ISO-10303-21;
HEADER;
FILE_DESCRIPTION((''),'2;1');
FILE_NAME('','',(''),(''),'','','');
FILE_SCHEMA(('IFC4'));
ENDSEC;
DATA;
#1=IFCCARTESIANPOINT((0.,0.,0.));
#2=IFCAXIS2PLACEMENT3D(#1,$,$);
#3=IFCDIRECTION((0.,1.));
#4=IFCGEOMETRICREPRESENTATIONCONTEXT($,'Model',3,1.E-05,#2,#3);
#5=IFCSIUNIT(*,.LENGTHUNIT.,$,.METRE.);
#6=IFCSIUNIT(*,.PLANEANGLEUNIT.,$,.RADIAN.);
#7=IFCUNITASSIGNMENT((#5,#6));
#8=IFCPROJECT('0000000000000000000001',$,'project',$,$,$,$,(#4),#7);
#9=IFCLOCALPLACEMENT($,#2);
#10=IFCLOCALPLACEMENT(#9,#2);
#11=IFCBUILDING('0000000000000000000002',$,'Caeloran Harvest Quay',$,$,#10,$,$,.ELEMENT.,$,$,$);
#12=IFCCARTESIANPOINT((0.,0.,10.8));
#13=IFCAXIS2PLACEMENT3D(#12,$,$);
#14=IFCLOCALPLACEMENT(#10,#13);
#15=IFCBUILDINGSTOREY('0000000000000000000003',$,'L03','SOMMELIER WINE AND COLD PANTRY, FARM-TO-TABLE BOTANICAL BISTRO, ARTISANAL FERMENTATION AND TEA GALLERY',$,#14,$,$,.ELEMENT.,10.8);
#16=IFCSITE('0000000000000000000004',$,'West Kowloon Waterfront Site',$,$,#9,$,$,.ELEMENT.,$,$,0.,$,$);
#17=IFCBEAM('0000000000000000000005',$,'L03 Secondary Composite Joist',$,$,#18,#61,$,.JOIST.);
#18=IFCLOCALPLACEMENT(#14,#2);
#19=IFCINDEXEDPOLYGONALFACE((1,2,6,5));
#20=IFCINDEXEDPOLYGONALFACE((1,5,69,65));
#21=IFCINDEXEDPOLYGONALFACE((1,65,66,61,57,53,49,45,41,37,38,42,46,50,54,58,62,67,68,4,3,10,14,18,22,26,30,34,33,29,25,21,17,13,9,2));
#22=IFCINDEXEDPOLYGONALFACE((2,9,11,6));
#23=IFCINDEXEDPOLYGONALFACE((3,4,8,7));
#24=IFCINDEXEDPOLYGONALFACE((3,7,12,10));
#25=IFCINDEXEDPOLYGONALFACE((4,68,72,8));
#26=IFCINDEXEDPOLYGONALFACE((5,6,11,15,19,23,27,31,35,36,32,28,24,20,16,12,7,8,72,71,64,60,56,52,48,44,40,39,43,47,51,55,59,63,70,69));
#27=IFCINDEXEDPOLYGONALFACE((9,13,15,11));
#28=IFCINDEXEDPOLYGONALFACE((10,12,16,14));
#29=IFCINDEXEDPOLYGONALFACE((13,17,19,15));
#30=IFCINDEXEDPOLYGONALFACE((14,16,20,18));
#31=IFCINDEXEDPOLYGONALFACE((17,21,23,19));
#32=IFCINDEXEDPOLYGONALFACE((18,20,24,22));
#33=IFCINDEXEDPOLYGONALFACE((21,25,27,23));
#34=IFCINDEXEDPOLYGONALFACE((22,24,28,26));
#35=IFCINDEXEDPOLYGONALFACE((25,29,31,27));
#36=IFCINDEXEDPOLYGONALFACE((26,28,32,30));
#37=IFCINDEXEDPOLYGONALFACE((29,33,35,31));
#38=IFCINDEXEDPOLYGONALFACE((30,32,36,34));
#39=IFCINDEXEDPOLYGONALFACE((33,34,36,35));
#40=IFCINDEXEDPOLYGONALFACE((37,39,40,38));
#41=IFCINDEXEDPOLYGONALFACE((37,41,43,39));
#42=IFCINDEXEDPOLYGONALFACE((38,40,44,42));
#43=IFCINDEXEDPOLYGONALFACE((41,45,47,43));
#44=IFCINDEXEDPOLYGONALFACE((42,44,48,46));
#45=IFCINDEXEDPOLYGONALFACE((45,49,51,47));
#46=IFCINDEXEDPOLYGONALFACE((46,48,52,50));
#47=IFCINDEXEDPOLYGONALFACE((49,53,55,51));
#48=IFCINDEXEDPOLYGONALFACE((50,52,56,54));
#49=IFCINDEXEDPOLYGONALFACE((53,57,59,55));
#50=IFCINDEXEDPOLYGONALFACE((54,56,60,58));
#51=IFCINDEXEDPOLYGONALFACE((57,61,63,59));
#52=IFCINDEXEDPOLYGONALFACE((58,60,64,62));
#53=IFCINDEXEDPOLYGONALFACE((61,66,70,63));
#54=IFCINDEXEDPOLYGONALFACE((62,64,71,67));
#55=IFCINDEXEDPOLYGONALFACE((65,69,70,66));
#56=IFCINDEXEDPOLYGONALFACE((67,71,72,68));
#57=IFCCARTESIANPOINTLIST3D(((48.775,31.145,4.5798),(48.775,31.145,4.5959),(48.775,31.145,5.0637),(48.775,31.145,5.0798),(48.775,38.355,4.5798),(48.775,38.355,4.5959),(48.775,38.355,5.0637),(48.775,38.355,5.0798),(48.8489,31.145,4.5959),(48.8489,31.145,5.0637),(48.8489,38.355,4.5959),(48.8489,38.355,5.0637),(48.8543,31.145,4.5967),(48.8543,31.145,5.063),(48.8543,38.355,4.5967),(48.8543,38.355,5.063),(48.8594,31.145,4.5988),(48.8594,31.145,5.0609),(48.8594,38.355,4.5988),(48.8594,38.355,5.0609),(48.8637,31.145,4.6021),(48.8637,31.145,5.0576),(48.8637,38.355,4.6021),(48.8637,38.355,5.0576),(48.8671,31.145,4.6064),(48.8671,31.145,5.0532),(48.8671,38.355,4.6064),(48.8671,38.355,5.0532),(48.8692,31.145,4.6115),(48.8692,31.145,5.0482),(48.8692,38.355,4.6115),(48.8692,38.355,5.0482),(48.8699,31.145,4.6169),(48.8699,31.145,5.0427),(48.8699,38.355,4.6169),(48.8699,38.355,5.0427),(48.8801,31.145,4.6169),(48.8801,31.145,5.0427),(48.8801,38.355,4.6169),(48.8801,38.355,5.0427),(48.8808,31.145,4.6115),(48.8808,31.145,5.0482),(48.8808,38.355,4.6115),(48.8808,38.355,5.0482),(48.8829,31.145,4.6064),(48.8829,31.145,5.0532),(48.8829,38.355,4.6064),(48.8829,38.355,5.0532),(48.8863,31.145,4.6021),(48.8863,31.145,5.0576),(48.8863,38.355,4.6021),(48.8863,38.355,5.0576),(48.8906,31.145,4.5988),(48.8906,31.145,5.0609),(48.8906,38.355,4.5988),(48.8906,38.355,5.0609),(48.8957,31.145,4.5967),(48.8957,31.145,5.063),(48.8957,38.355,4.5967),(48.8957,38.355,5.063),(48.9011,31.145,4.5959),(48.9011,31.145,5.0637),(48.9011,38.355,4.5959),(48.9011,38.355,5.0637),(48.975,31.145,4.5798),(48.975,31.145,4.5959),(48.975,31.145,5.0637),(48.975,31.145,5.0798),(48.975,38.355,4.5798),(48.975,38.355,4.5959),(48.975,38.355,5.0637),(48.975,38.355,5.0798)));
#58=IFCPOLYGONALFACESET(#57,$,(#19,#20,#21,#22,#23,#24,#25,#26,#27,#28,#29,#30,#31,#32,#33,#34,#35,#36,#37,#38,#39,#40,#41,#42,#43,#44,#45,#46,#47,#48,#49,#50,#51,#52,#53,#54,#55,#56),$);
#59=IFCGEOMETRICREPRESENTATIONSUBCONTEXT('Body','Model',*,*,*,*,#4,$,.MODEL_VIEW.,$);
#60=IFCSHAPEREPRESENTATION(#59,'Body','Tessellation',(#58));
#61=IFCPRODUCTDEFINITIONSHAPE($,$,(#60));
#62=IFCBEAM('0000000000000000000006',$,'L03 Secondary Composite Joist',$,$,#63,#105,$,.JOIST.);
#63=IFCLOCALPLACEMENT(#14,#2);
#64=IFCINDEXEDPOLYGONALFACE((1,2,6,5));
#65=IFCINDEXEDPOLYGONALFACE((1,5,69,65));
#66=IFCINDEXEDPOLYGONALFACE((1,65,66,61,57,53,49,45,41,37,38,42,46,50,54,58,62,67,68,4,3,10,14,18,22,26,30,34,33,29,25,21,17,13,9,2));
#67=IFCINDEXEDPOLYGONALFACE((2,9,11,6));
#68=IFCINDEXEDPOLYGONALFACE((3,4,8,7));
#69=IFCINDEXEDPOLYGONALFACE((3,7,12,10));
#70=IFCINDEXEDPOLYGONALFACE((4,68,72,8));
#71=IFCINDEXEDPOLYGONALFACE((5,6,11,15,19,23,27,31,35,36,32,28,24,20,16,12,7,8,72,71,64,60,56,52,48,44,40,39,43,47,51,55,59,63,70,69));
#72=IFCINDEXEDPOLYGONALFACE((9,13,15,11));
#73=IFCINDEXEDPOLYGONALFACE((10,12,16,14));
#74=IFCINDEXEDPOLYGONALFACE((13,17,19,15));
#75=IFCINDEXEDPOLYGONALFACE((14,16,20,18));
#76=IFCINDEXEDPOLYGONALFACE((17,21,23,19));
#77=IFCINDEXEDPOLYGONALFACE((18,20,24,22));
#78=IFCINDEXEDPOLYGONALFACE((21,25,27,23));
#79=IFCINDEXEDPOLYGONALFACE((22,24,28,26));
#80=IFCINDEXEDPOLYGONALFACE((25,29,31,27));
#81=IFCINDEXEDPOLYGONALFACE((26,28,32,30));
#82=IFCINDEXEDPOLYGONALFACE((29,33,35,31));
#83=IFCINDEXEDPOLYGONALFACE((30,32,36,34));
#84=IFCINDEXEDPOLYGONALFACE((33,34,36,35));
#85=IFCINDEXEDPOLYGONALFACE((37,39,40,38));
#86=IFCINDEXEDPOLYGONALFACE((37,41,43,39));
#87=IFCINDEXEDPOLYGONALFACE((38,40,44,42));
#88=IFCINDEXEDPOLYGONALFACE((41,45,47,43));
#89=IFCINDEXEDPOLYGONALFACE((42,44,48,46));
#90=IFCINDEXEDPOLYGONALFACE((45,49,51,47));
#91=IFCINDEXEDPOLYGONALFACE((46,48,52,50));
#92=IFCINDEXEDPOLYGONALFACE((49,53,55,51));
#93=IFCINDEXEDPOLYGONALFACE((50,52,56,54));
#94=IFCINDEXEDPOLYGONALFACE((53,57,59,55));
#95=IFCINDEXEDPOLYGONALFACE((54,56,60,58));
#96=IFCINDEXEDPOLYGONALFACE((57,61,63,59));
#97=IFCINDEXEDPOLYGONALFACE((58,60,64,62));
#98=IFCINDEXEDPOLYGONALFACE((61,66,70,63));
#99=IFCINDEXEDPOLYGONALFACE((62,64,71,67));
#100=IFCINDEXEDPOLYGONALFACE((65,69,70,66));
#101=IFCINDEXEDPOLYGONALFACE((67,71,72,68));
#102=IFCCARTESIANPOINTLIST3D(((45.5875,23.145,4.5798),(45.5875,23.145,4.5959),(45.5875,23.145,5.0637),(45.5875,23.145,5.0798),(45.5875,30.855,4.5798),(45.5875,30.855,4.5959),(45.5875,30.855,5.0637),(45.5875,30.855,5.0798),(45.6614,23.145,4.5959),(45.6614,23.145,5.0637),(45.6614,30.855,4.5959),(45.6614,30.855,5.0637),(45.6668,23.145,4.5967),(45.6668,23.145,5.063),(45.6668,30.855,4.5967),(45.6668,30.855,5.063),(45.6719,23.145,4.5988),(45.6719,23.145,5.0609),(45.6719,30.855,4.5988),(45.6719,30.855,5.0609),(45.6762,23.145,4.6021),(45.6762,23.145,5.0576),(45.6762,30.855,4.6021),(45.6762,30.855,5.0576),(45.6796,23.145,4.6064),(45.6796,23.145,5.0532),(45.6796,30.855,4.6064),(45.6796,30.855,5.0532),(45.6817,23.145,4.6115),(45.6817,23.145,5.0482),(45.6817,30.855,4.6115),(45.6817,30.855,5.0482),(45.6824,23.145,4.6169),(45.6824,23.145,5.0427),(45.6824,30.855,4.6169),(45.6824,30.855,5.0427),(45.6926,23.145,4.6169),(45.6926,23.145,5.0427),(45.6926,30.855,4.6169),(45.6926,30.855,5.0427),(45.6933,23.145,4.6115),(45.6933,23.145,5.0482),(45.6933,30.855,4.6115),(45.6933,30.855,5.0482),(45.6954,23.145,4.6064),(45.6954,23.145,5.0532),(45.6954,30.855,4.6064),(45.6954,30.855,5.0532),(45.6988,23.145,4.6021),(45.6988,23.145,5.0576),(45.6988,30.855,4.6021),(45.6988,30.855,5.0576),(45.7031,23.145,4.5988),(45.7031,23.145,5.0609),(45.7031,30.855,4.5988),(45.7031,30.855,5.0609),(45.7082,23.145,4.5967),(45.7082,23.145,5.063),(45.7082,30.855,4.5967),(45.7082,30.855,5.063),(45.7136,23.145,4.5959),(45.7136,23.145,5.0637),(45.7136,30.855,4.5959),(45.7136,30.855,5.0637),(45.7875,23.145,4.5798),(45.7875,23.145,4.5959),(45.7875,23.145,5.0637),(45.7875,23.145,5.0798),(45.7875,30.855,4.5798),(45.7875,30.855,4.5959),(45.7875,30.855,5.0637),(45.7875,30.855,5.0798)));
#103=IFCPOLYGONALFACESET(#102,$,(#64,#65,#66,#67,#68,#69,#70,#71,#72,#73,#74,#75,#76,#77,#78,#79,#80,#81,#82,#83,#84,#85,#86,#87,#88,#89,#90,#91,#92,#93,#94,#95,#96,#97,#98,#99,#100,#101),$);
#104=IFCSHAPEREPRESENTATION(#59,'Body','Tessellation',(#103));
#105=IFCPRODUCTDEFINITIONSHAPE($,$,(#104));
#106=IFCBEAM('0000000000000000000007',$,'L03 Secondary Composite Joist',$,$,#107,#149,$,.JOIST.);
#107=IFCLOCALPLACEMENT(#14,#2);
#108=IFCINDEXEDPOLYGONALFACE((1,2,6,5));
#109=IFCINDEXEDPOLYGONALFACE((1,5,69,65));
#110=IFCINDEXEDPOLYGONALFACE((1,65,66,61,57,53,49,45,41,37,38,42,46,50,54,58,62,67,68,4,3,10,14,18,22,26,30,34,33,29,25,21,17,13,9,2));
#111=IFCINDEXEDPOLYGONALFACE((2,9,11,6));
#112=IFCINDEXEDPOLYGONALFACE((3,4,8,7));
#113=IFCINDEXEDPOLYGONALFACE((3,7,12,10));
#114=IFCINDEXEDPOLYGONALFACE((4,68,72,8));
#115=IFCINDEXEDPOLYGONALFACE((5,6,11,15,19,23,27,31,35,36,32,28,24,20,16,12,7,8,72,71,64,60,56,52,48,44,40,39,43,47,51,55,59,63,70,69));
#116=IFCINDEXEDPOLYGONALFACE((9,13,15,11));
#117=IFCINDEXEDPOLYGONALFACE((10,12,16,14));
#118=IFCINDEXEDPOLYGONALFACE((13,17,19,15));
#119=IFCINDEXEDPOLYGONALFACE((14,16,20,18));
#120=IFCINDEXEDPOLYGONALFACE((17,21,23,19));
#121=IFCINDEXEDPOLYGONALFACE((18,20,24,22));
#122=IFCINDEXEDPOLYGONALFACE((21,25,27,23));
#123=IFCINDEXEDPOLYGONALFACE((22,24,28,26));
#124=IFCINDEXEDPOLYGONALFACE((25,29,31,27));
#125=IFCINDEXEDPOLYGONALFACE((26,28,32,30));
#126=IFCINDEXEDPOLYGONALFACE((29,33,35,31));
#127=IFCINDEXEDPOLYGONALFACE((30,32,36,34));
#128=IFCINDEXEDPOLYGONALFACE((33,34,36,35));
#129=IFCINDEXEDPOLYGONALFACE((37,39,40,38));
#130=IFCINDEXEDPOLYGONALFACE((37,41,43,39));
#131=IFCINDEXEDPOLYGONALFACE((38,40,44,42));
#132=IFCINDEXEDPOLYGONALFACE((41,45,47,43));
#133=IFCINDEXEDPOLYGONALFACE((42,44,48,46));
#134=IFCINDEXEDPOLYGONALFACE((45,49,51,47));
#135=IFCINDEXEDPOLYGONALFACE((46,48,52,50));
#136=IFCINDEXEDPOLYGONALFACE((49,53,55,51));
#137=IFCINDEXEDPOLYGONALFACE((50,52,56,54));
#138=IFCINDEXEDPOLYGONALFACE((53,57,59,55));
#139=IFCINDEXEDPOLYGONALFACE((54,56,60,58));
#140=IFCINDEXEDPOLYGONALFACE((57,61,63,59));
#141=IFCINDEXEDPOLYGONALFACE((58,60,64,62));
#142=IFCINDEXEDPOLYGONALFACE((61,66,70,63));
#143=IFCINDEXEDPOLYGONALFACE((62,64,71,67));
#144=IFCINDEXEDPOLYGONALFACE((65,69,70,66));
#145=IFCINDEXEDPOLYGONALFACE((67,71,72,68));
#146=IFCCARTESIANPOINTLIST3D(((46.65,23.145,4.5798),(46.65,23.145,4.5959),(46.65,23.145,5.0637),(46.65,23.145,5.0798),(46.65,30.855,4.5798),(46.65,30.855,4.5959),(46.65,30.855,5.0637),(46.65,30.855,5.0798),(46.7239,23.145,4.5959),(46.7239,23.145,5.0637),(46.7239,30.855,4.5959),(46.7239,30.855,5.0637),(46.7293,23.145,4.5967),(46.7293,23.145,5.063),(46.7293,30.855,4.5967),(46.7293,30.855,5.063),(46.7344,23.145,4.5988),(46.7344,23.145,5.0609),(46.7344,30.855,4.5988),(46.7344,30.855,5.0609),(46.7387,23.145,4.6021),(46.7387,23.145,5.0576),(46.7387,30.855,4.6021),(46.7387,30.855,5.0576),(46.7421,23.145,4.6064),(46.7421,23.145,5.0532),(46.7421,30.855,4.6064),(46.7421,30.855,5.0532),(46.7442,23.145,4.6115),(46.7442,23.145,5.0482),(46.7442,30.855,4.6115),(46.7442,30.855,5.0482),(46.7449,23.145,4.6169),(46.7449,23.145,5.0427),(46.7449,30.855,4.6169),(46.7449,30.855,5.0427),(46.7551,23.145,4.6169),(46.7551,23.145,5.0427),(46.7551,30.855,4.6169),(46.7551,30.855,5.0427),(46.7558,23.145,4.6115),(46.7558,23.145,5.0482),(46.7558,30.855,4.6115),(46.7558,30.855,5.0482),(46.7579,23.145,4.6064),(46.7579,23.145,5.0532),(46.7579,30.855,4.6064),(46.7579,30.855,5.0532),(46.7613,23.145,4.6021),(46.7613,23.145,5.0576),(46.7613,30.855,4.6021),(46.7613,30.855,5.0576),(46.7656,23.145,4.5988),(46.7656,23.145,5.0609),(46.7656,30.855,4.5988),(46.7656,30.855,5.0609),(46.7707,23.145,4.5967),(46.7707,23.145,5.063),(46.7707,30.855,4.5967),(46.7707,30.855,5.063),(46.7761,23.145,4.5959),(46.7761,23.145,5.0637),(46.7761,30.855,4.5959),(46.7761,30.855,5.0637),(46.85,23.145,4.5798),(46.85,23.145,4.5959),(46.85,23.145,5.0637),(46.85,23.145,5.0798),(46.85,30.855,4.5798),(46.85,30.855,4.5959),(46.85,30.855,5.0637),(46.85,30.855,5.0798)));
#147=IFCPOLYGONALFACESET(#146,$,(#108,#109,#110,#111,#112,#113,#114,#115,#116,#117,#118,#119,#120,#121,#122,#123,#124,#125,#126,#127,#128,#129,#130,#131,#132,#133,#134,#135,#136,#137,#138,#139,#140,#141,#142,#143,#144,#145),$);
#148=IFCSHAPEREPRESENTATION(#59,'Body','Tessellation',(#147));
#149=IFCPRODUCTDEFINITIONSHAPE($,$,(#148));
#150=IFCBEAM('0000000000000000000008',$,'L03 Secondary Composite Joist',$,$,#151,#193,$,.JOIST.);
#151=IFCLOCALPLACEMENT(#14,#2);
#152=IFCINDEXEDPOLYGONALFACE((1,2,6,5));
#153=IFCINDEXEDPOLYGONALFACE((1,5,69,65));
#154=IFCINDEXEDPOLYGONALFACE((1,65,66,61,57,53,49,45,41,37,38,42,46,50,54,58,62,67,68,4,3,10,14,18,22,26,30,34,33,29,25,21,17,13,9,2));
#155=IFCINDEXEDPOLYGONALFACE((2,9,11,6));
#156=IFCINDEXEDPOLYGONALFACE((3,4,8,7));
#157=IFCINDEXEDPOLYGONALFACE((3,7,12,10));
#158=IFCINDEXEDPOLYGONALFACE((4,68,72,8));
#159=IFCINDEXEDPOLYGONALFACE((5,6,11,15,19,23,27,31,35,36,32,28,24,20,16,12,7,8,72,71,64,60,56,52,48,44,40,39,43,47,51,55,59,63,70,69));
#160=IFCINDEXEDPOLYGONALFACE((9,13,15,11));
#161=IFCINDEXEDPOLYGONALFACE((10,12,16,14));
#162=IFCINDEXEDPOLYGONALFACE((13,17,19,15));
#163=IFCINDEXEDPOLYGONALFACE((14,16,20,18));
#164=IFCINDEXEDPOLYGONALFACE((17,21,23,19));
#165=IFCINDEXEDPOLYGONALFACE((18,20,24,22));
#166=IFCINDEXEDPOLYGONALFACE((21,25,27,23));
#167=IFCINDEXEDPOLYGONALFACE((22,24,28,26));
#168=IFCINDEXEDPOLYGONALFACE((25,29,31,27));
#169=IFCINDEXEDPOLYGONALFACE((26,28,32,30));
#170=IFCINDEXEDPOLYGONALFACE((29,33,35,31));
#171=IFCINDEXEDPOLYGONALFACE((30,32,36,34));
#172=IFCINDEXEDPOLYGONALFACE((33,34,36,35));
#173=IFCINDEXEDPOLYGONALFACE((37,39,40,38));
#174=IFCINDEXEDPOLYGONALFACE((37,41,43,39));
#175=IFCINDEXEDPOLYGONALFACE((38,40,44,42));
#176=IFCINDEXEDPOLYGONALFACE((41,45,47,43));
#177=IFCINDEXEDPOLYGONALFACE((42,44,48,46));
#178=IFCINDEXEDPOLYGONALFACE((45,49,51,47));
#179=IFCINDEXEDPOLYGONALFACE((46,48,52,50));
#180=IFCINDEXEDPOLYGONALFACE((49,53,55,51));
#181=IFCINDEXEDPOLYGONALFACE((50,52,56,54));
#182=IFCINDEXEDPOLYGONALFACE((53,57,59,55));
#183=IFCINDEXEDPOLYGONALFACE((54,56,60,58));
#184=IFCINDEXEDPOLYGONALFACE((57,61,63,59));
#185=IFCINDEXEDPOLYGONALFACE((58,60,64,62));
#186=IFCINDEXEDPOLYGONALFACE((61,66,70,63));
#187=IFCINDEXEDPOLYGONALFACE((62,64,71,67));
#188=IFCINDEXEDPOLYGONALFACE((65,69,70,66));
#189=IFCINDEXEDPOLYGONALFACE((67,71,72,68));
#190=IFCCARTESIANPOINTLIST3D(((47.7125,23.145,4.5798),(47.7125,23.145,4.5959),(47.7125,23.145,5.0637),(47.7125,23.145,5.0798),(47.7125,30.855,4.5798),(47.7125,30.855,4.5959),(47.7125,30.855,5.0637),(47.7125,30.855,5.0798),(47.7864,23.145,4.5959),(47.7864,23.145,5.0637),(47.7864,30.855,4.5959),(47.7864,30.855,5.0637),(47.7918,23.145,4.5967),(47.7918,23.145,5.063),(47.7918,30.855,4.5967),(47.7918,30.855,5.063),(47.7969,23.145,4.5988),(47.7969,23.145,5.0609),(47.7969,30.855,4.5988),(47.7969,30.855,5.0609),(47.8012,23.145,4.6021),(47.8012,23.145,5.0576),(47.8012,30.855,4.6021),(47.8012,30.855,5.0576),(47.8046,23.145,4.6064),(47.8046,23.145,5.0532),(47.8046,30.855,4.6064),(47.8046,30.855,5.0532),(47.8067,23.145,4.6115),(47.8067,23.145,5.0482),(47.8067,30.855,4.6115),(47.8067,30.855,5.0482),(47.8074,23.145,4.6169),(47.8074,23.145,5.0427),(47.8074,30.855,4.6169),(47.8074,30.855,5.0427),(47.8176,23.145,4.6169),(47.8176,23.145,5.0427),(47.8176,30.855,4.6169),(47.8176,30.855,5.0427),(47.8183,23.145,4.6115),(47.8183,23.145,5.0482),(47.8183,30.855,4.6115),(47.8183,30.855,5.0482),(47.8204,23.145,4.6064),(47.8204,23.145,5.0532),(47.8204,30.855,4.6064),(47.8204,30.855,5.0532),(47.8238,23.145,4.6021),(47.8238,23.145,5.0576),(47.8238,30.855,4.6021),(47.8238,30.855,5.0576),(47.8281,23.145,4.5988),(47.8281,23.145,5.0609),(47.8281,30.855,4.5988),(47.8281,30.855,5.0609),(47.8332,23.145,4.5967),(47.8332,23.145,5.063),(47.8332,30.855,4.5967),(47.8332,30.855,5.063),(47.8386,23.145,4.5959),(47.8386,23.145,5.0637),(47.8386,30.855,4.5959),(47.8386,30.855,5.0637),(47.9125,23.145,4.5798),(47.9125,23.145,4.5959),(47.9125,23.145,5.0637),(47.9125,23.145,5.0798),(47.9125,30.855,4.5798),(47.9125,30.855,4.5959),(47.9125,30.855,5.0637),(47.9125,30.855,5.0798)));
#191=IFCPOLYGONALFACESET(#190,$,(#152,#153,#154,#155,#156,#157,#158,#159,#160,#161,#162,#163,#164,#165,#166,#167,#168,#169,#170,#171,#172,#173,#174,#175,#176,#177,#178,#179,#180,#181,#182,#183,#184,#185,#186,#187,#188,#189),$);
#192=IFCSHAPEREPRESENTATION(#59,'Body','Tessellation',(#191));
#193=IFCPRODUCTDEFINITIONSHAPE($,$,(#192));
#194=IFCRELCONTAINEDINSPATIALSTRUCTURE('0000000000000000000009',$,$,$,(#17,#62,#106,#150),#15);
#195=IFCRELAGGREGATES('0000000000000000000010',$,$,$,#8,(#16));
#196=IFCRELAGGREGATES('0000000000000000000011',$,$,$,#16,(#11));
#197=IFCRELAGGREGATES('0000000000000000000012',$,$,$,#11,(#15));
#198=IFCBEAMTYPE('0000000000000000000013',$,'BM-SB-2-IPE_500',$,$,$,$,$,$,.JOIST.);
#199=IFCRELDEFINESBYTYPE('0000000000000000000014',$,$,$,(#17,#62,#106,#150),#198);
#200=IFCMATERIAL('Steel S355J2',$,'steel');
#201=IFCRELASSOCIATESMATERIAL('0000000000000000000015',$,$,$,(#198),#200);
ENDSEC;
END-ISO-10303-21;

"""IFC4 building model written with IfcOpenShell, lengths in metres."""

from ifc_helpers import new_model, si_unit, direction, frame, origin, origin_2d, place, context, subcontext, project, spatial, i_section, extrude, material, material_profile, profile_set, type_object, element, save


model = new_model("IFC4")

# Units and contexts
model_context = context("Model", 3, precision=1e-05, world=origin(), true_north=direction((0.0, 1.0)))
body_context = subcontext(model_context, "Body", "Model", "MODEL_VIEW")
ifc_project = project(units=[si_unit("LENGTHUNIT", "METRE"), si_unit("PLANEANGLEUNIT", "RADIAN")], contexts=[model_context])

# Site, building, storey
site_placement = place(None, origin())
site = spatial("IfcSite", under=ifc_project, at=site_placement, Name="West Kowloon Waterfront Site", CompositionType="ELEMENT", RefElevation=0.0)
building_placement = place(site_placement, origin())
building = spatial("IfcBuilding", under=site, at=building_placement, Name="Caeloran Harvest Quay", CompositionType="ELEMENT")
storey_placement = place(building_placement, frame((0.0, 0.0, 10.8)))
storey = spatial("IfcBuildingStorey", under=building, at=storey_placement, Name="L03", Description="SOMMELIER WINE AND COLD PANTRY, FARM-TO-TABLE BOTANICAL BISTRO, ARTISANAL FERMENTATION AND TEA GALLERY", CompositionType="ELEMENT", Elevation=10.8)

# Beams
ifc_material_1 = material(Name="Steel S355J2", Category="steel")
ifc_material_profile_1 = material_profile(ifc_material_1, i_section(OverallWidth=0.2, OverallDepth=0.5, WebThickness=0.0103, FlangeThickness=0.0161, FilletRadius=0.021, at=origin_2d()), Name="IPE 500")
ifc_profile_set_1 = profile_set([ifc_material_profile_1], Name="Steel S355J2")
beam_type_1 = type_object("IfcBeamType", Name="BM-SB-2-IPE_500", PredefinedType="JOIST", material=ifc_profile_set_1)
for number, where, z_axis, x_axis, name in (
    (1, (48.875, 31.145, 4.8298), (0.0, 1.0, 0.0), (-1.0, 0.0, 0.0), "L03 Secondary Composite Joist"),
):
    element("IfcBeam", number, at=place(storey_placement, frame(where, z_axis=z_axis, x_axis=x_axis)), inside=storey, type_object=beam_type_1, Name=name, PredefinedType="JOIST", context=body_context, shape_type="SweptSolid", body=[
        extrude(i_section(OverallWidth=0.2, OverallDepth=0.5, WebThickness=0.0103, FlangeThickness=0.0161, FilletRadius=0.021, at=origin_2d()), origin(), (0.0, 0.0, 1.0), 7.21),
    ])
for number, where, z_axis, x_axis, name in (
    (2, (45.6875, 23.145, 4.8298), (0.0, 1.0, 0.0), (-1.0, 0.0, 0.0), "L03 Secondary Composite Joist"),
    (3, (46.75, 23.145, 4.8298), (0.0, 1.0, 0.0), (-1.0, 0.0, 0.0), "L03 Secondary Composite Joist"),
    (4, (47.8125, 23.145, 4.8298), (0.0, 1.0, 0.0), (-1.0, 0.0, 0.0), "L03 Secondary Composite Joist"),
):
    element("IfcBeam", number, at=place(storey_placement, frame(where, z_axis=z_axis, x_axis=x_axis)), inside=storey, type_object=beam_type_1, Name=name, PredefinedType="JOIST", context=body_context, shape_type="SweptSolid", body=[
        extrude(i_section(OverallWidth=0.2, OverallDepth=0.5, WebThickness=0.0103, FlangeThickness=0.0161, FilletRadius=0.021, at=origin_2d()), origin(), (0.0, 0.0, 1.0), 7.71),
    ])

save(model, "model.ifc")
